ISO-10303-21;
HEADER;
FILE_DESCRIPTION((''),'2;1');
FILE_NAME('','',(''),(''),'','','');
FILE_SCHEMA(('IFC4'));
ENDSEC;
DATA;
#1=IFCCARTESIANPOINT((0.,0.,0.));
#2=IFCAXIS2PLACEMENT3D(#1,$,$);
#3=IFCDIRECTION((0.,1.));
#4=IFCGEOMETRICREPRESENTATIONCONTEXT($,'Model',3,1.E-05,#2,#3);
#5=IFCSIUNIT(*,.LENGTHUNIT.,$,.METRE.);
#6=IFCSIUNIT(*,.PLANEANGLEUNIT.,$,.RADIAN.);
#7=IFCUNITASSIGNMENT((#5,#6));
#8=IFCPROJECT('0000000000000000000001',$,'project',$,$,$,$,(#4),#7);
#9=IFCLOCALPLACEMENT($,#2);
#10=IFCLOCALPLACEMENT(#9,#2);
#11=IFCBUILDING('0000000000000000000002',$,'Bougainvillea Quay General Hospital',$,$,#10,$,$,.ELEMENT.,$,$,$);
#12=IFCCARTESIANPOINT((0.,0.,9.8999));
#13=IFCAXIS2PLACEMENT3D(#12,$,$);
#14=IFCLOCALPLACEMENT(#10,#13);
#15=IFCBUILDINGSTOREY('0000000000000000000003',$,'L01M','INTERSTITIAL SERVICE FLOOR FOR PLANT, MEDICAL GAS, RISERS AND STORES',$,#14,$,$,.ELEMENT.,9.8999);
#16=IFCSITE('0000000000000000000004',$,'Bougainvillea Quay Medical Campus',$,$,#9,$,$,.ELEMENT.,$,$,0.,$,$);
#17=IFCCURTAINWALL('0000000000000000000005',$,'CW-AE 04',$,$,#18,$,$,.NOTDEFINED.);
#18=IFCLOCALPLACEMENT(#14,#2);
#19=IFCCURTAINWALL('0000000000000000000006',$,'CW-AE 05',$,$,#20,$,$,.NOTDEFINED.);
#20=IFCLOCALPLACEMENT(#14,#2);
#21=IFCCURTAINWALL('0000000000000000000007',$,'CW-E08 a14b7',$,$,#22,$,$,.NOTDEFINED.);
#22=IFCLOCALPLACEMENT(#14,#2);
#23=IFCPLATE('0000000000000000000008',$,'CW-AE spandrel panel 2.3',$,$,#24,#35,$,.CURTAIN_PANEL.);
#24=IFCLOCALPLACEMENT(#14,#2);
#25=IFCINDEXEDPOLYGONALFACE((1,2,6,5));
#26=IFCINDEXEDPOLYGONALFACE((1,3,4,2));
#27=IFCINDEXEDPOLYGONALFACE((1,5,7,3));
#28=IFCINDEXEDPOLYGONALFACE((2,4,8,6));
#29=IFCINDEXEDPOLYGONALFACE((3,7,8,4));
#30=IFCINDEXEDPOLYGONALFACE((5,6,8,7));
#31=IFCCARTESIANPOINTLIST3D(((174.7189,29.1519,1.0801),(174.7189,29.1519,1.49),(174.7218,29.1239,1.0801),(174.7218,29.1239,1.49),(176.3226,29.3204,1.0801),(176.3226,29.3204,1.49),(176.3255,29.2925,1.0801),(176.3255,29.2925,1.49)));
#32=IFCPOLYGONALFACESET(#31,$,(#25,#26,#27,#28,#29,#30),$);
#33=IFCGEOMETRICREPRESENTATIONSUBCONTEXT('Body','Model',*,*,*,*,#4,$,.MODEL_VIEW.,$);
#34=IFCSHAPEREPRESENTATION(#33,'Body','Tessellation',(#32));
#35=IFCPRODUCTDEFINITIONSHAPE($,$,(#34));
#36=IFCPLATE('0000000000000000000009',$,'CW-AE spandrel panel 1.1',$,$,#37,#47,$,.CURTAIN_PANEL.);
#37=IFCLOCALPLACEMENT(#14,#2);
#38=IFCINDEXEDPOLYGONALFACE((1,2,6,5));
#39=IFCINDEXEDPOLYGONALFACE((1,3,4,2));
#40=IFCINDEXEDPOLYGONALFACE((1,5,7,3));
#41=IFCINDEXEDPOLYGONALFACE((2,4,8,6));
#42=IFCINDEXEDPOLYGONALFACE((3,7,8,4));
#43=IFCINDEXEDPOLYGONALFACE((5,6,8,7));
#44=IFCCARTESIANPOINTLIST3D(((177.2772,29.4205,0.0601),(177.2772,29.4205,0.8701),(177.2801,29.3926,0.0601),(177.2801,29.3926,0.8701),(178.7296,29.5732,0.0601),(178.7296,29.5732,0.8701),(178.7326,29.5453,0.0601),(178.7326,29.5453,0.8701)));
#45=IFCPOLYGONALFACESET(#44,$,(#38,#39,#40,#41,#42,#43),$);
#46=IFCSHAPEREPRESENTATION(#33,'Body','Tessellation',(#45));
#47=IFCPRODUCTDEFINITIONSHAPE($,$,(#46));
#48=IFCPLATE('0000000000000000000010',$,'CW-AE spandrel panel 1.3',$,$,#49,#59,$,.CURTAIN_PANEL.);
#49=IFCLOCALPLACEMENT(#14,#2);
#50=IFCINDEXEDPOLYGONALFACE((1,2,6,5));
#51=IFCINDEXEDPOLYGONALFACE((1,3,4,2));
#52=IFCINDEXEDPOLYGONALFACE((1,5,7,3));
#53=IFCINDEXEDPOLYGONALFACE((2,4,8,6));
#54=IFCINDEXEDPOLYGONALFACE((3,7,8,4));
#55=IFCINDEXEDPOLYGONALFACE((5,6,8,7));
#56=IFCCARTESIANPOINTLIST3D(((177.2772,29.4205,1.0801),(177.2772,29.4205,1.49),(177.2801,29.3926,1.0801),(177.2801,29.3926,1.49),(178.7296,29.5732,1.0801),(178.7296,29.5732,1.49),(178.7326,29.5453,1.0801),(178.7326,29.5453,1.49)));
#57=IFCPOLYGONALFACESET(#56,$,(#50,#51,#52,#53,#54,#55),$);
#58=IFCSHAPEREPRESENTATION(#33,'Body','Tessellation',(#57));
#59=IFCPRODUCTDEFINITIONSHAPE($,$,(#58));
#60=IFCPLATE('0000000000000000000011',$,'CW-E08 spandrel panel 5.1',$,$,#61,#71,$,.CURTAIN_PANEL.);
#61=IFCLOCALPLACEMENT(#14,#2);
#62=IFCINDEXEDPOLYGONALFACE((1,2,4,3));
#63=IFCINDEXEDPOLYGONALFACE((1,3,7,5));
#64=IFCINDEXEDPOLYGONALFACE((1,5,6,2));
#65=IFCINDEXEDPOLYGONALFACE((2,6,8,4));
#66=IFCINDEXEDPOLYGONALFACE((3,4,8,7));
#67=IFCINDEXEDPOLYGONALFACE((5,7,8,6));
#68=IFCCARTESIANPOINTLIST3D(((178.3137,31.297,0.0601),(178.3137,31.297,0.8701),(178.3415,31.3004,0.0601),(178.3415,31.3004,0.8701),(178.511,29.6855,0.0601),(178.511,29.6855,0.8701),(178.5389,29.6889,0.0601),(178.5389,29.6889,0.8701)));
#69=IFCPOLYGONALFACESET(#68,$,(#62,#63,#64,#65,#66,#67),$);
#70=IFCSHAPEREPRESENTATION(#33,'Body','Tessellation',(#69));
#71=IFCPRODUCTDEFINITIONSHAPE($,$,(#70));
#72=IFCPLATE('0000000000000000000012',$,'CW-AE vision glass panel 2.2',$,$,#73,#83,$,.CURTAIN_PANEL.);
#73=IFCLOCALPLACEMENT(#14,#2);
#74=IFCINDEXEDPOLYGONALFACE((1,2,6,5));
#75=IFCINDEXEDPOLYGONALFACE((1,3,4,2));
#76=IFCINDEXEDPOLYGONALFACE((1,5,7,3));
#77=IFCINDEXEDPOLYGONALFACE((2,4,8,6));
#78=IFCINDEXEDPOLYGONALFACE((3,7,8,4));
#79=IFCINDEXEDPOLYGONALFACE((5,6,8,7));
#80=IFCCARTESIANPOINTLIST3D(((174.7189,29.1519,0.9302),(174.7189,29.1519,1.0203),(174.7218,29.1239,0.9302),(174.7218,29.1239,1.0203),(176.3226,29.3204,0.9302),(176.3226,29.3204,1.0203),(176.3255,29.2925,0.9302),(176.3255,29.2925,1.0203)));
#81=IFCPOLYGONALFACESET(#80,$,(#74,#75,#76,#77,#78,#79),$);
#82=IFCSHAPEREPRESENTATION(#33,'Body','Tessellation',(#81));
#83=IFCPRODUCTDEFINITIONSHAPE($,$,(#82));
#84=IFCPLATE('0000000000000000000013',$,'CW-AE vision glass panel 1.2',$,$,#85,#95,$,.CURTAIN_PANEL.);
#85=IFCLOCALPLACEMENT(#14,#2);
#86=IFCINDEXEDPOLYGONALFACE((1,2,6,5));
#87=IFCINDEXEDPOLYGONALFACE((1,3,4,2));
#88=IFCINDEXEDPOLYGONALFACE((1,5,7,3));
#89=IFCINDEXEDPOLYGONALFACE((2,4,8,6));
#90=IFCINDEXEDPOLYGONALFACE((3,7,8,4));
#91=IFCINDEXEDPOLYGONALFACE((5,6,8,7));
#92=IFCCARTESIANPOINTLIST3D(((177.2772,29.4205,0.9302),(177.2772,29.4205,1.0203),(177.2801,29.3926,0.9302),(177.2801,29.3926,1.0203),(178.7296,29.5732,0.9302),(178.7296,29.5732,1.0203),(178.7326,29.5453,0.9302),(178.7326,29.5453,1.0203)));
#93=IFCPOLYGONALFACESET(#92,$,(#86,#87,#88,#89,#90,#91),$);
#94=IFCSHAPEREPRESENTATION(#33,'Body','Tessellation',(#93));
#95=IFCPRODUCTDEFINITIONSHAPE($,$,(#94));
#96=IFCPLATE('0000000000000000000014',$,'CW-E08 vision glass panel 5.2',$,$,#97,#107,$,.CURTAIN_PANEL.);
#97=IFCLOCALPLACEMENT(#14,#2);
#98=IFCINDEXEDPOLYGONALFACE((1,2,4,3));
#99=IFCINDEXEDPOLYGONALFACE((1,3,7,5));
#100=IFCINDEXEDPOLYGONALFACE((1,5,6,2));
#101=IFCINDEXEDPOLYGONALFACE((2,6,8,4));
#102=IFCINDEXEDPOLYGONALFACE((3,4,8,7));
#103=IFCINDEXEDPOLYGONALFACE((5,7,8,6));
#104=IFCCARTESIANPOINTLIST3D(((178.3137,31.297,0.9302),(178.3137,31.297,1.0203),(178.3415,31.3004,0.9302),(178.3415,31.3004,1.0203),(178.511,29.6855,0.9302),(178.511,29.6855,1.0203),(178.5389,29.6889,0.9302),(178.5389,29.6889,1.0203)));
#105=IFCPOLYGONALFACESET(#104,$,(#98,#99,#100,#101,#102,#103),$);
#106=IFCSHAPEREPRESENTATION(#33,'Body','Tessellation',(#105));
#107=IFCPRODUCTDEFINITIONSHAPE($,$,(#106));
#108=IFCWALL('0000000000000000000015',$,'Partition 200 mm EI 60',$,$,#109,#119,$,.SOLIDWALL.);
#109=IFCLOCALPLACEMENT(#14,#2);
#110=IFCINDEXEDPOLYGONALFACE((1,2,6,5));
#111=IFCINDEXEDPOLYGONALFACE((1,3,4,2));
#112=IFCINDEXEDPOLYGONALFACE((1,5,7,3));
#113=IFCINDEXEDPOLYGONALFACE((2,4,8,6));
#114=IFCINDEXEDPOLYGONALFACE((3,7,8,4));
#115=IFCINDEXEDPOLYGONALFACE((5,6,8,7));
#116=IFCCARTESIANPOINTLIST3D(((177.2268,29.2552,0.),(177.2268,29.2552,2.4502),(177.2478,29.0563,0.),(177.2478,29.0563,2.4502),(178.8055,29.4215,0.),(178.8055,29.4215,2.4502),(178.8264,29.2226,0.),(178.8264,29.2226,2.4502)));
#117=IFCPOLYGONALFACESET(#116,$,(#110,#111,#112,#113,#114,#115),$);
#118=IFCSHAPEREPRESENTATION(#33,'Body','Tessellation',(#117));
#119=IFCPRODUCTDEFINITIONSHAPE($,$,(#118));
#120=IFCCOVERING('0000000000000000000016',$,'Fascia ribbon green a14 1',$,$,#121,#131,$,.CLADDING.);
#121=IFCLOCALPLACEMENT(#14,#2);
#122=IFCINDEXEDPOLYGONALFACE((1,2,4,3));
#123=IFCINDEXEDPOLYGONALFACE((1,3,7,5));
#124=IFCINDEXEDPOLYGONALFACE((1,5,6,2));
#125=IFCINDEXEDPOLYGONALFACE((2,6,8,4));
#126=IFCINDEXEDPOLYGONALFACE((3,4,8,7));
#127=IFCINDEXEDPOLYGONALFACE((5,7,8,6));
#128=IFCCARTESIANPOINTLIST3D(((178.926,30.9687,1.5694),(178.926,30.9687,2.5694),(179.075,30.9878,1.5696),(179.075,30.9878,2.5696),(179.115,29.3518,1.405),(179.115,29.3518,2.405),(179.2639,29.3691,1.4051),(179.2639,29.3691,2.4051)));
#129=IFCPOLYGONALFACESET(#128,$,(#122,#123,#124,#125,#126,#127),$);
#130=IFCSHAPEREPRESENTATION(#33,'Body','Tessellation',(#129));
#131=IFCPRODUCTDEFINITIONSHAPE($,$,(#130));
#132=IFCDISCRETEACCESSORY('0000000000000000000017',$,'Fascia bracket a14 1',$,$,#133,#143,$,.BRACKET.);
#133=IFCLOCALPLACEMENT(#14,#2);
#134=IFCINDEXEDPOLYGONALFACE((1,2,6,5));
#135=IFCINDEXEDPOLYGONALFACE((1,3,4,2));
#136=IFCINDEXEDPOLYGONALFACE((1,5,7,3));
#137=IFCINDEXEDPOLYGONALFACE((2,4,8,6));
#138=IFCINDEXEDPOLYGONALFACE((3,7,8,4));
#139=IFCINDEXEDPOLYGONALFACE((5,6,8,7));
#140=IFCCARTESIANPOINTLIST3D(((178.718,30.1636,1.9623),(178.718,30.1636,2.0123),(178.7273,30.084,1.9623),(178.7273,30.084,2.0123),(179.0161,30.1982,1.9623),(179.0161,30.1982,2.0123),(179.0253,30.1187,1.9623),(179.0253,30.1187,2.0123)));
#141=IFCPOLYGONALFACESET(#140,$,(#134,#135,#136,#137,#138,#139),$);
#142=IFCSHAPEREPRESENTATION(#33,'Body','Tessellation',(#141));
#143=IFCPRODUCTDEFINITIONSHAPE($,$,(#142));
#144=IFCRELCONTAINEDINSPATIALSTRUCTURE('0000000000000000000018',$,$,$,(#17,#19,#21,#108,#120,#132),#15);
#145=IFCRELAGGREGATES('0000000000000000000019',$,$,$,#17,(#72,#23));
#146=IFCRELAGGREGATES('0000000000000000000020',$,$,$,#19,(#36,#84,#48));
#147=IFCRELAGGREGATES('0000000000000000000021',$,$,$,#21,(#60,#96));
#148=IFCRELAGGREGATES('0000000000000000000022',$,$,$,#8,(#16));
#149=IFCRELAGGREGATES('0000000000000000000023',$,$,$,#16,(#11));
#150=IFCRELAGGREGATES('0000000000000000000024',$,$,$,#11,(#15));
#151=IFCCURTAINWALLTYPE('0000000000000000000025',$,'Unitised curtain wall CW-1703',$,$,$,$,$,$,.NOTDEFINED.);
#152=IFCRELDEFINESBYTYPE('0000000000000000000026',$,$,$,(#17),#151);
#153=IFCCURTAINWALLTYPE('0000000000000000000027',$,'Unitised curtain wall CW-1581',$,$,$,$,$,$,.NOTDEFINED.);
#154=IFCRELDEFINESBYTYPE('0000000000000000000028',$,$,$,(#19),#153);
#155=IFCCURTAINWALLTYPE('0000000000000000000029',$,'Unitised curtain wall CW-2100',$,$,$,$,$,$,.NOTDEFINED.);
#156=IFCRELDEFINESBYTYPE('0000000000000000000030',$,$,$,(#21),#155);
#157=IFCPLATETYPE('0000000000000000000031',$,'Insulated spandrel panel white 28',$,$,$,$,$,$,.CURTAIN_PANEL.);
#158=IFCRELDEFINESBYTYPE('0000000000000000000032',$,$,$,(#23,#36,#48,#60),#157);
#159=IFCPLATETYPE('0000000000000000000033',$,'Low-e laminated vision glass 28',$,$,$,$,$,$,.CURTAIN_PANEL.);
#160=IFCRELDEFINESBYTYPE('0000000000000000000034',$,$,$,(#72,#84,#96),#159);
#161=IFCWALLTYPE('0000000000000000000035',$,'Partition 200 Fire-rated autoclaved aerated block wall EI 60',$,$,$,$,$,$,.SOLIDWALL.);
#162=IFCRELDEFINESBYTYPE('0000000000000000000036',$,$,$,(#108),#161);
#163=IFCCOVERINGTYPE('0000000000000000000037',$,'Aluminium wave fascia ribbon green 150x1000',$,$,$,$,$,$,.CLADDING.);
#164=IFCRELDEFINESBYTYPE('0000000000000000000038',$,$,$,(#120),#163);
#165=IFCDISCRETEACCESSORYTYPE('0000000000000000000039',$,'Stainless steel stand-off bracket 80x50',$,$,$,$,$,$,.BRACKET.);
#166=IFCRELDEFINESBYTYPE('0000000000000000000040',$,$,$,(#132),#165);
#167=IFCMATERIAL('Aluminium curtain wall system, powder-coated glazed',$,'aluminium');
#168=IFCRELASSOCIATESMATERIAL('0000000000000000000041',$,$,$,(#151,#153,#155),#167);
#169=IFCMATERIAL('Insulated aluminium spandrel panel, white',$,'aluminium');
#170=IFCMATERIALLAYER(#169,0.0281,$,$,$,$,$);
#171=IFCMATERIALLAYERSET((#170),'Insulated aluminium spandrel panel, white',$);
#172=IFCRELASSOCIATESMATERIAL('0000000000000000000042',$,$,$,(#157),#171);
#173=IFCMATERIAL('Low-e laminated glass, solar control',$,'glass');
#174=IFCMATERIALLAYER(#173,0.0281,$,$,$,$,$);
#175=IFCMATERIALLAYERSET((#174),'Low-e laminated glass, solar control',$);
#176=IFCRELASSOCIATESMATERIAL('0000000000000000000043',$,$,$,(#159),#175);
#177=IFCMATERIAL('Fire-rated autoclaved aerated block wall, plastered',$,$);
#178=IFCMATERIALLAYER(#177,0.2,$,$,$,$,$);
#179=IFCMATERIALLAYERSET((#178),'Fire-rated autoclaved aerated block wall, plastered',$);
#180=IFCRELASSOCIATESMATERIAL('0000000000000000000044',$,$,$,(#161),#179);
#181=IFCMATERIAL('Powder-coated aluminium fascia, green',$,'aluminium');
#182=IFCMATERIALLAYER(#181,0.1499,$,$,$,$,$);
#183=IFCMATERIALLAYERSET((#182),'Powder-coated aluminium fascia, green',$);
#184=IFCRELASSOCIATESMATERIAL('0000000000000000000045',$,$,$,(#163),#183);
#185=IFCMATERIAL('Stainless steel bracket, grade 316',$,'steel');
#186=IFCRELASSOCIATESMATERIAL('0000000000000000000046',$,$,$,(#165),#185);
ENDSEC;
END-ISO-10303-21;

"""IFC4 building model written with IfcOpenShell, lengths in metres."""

from ifc_helpers import new_model, si_unit, direction, frame, frame_2d, origin, origin_2d, place, context, subcontext, project, spatial, polyline, rectangle, outline, extrude, material, layer, layer_set, material_profile, profile_set, type_object, element, aggregate, save


model = new_model("IFC4")

# Units and contexts
model_context = context("Model", 3, precision=1e-05, world=origin(), true_north=direction((0.0, 1.0)))
body_context = subcontext(model_context, "Body", "Model", "MODEL_VIEW")
ifc_project = project(units=[si_unit("LENGTHUNIT", "METRE"), si_unit("PLANEANGLEUNIT", "RADIAN")], contexts=[model_context])

# Site, building, storey
site_placement = place(None, origin())
site = spatial("IfcSite", under=ifc_project, at=site_placement, Name="Bougainvillea Quay Medical Campus", CompositionType="ELEMENT", RefElevation=0.0)
building_placement = place(site_placement, origin())
building = spatial("IfcBuilding", under=site, at=building_placement, Name="Bougainvillea Quay General Hospital", CompositionType="ELEMENT")
storey_placement = place(building_placement, frame((0.0, 0.0, 9.8999)))
storey = spatial("IfcBuildingStorey", under=building, at=storey_placement, Name="L01M", Description="INTERSTITIAL SERVICE FLOOR FOR PLANT, MEDICAL GAS, RISERS AND STORES", CompositionType="ELEMENT", Elevation=9.8999)

# Curtain wall
ifc_material_1 = material(Name="Aluminium curtain wall system, powder-coated glazed", Category="aluminium")
curtain_wall_type_1 = type_object("IfcCurtainWallType", Name="Unitised curtain wall CW-1703", PredefinedType="NOTDEFINED", material=ifc_material_1)
curtain_wall_1_placement = place(storey_placement, origin())
curtain_wall_1 = element("IfcCurtainWall", 1, at=curtain_wall_1_placement, inside=storey, type_object=curtain_wall_type_1, Name="CW-AE 04", PredefinedType="NOTDEFINED")

# Curtain wall
curtain_wall_type_2 = type_object("IfcCurtainWallType", Name="Unitised curtain wall CW-1581", PredefinedType="NOTDEFINED", material=ifc_material_1)
curtain_wall_2_placement = place(storey_placement, origin())
curtain_wall_2 = element("IfcCurtainWall", 2, at=curtain_wall_2_placement, inside=storey, type_object=curtain_wall_type_2, Name="CW-AE 05", PredefinedType="NOTDEFINED")

# Curtain wall
curtain_wall_type_3 = type_object("IfcCurtainWallType", Name="Unitised curtain wall CW-2100", PredefinedType="NOTDEFINED", material=ifc_material_1)
curtain_wall_3_placement = place(storey_placement, origin())
curtain_wall_3 = element("IfcCurtainWall", 3, at=curtain_wall_3_placement, inside=storey, type_object=curtain_wall_type_3, Name="CW-E08 a14b7", PredefinedType="NOTDEFINED")

# Plates
ifc_material_2 = material(Name="Insulated aluminium spandrel panel, white", Category="aluminium")
ifc_layer_1 = layer(ifc_material_2, 0.0281)
ifc_layer_set_1 = layer_set([ifc_layer_1], Name="Insulated aluminium spandrel panel, white")
plate_type_1 = type_object("IfcPlateType", Name="Insulated spandrel panel white 28", PredefinedType="CURTAIN_PANEL", material=ifc_layer_set_1)
plate_1_placement = place(storey_placement, frame((175.5222, 29.2222, 1.0801), z_axis=(0.0, 0.0, 1.0), x_axis=(0.994522, 0.104527, 0.0)))
plate_1 = element("IfcPlate", 4, at=plate_1_placement, type_object=plate_type_1, Name="CW-AE spandrel panel 2.3", PredefinedType="CURTAIN_PANEL", context=body_context, shape_type="SweptSolid", body=[
    extrude(rectangle(XDim=1.6125, YDim=0.0281, at=origin_2d()), origin(), (0.0, 0.0, 1.0), 0.4099),
])
plate_2_placement = place(storey_placement, frame((178.0049, 29.4829, 0.0601), z_axis=(0.0, 0.0, 1.0), x_axis=(0.994522, 0.104527, 0.0)))
plate_2 = element("IfcPlate", 5, at=plate_2_placement, type_object=plate_type_1, Name="CW-AE spandrel panel 1.1", PredefinedType="CURTAIN_PANEL", context=body_context, shape_type="SweptSolid", body=[
    extrude(rectangle(XDim=1.4604, YDim=0.0281, at=origin_2d()), origin(), (0.0, 0.0, 1.0), 0.8101),
])
plate_3_placement = place(storey_placement, frame((178.0049, 29.4829, 1.0801), z_axis=(0.0, 0.0, 1.0), x_axis=(0.994522, 0.104527, 0.0)))
plate_3 = element("IfcPlate", 6, at=plate_3_placement, type_object=plate_type_1, Name="CW-AE spandrel panel 1.3", PredefinedType="CURTAIN_PANEL", context=body_context, shape_type="SweptSolid", body=[
    extrude(rectangle(XDim=1.4604, YDim=0.0281, at=origin_2d()), origin(), (0.0, 0.0, 1.0), 0.4099),
])
plate_4_placement = place(storey_placement, frame((178.4263, 30.4929, 0.0601), z_axis=(0.0, 0.0, 1.0), x_axis=(0.121558, -0.992584, 0.0)))
plate_4 = element("IfcPlate", 7, at=plate_4_placement, type_object=plate_type_1, Name="CW-E08 spandrel panel 5.1", PredefinedType="CURTAIN_PANEL", context=body_context, shape_type="SweptSolid", body=[
    extrude(rectangle(XDim=1.6235, YDim=0.0281, at=origin_2d()), origin(), (0.0, 0.0, 1.0), 0.8101),
])
ifc_material_3 = material(Name="Low-e laminated glass, solar control", Category="glass")
ifc_layer_2 = layer(ifc_material_3, 0.0281)
ifc_layer_set_2 = layer_set([ifc_layer_2], Name="Low-e laminated glass, solar control")
plate_type_2 = type_object("IfcPlateType", Name="Low-e laminated vision glass 28", PredefinedType="CURTAIN_PANEL", material=ifc_layer_set_2)
plate_5_placement = place(storey_placement, frame((175.5222, 29.2222, 0.9302), z_axis=(0.0, 0.0, 1.0), x_axis=(0.994522, 0.104527, 0.0)))
plate_5 = element("IfcPlate", 8, at=plate_5_placement, type_object=plate_type_2, Name="CW-AE vision glass panel 2.2", PredefinedType="CURTAIN_PANEL", context=body_context, shape_type="SweptSolid", body=[
    extrude(rectangle(XDim=1.6125, YDim=0.0281, at=origin_2d()), origin(), (0.0, 0.0, 1.0), 0.0901),
])
aggregate(curtain_wall_1, [plate_5, plate_1])
plate_6_placement = place(storey_placement, frame((178.0049, 29.4829, 0.9302), z_axis=(0.0, 0.0, 1.0), x_axis=(0.994522, 0.104527, 0.0)))
plate_6 = element("IfcPlate", 9, at=plate_6_placement, type_object=plate_type_2, Name="CW-AE vision glass panel 1.2", PredefinedType="CURTAIN_PANEL", context=body_context, shape_type="SweptSolid", body=[
    extrude(rectangle(XDim=1.4604, YDim=0.0281, at=origin_2d()), origin(), (0.0, 0.0, 1.0), 0.0901),
])
aggregate(curtain_wall_2, [plate_2, plate_6, plate_3])
plate_7_placement = place(storey_placement, frame((178.4263, 30.4929, 0.9302), z_axis=(0.0, 0.0, 1.0), x_axis=(0.121558, -0.992584, 0.0)))
plate_7 = element("IfcPlate", 10, at=plate_7_placement, type_object=plate_type_2, Name="CW-E08 vision glass panel 5.2", PredefinedType="CURTAIN_PANEL", context=body_context, shape_type="SweptSolid", body=[
    extrude(rectangle(XDim=1.6235, YDim=0.0281, at=origin_2d()), origin(), (0.0, 0.0, 1.0), 0.0901),
])
aggregate(curtain_wall_3, [plate_4, plate_7])

# Wall
ifc_material_4 = material(Name="Fire-rated autoclaved aerated block wall, plastered")
ifc_layer_3 = layer(ifc_material_4, 0.2)
ifc_layer_set_3 = layer_set([ifc_layer_3], Name="Fire-rated autoclaved aerated block wall, plastered")
wall_type = type_object("IfcWallType", Name="Partition 200 Fire-rated autoclaved aerated block wall EI 60", PredefinedType="SOLIDWALL", material=ifc_layer_set_3)
wall_placement = place(storey_placement, frame((177.2373, 29.1558, 0.0), z_axis=(0.0, 0.0, 1.0), x_axis=(0.9945, 0.104741, 0.0)))
element("IfcWall", 11, at=wall_placement, inside=storey, type_object=wall_type, Name="Partition 200 mm EI 60", PredefinedType="SOLIDWALL", context=body_context, shape_type="SweptSolid", body=[
    extrude(rectangle(XDim=1.5874, YDim=0.2, at=frame_2d((0.7937, 0.0))), origin(), (0.0, 0.0, 1.0), 2.4502),
])

# Covering
ifc_material_5 = material(Name="Powder-coated aluminium fascia, green", Category="aluminium")
ifc_layer_4 = layer(ifc_material_5, 0.1499)
ifc_layer_set_4 = layer_set([ifc_layer_4], Name="Powder-coated aluminium fascia, green")
covering_type = type_object("IfcCoveringType", Name="Aluminium wave fascia ribbon green 150x1000", PredefinedType="CLADDING", material=ifc_layer_set_4)
covering_placement = place(storey_placement, frame((179.115, 29.3518, 1.405), z_axis=(0.011373, -0.099795, 0.994943), x_axis=(-0.115489, 0.988218, 0.100441)))
element("IfcCovering", 12, at=covering_placement, inside=storey, type_object=covering_type, Name="Fascia ribbon green a14 1", PredefinedType="CLADDING", context=body_context, shape_type="SweptSolid", body=[
    extrude(outline(polyline([(0.0, 0.0), (1.6362, 0.0), (1.6379, -0.1501), (-0.0001, -0.1499), (0.0, 0.0)])), origin(), (0.100441, -0.000287, 0.994943), 1.0),
])

# Discrete accessory
ifc_material_6 = material(Name="Stainless steel bracket, grade 316", Category="steel")
ifc_material_profile_1 = material_profile(ifc_material_6, rectangle(XDim=0.0801, YDim=0.05, at=origin_2d()))
ifc_profile_set_1 = profile_set([ifc_material_profile_1], Name="Stainless steel bracket, grade 316")
discrete_accessory_type = type_object("IfcDiscreteAccessoryType", Name="Stainless steel stand-off bracket 80x50", PredefinedType="BRACKET", material=ifc_profile_set_1)
discrete_accessory_placement = place(storey_placement, frame((178.7227, 30.1238, 1.9873), z_axis=(0.993305, 0.11552, 0.0), x_axis=(-0.11552, 0.993305, 0.0)))
element("IfcDiscreteAccessory", 13, at=discrete_accessory_placement, inside=storey, type_object=discrete_accessory_type, Name="Fascia bracket a14 1", PredefinedType="BRACKET", context=body_context, shape_type="SweptSolid", body=[
    extrude(rectangle(XDim=0.0801, YDim=0.05, at=origin_2d()), origin(), (0.0, 0.0, 1.0), 0.3),
])

save(model, "model.ifc")
